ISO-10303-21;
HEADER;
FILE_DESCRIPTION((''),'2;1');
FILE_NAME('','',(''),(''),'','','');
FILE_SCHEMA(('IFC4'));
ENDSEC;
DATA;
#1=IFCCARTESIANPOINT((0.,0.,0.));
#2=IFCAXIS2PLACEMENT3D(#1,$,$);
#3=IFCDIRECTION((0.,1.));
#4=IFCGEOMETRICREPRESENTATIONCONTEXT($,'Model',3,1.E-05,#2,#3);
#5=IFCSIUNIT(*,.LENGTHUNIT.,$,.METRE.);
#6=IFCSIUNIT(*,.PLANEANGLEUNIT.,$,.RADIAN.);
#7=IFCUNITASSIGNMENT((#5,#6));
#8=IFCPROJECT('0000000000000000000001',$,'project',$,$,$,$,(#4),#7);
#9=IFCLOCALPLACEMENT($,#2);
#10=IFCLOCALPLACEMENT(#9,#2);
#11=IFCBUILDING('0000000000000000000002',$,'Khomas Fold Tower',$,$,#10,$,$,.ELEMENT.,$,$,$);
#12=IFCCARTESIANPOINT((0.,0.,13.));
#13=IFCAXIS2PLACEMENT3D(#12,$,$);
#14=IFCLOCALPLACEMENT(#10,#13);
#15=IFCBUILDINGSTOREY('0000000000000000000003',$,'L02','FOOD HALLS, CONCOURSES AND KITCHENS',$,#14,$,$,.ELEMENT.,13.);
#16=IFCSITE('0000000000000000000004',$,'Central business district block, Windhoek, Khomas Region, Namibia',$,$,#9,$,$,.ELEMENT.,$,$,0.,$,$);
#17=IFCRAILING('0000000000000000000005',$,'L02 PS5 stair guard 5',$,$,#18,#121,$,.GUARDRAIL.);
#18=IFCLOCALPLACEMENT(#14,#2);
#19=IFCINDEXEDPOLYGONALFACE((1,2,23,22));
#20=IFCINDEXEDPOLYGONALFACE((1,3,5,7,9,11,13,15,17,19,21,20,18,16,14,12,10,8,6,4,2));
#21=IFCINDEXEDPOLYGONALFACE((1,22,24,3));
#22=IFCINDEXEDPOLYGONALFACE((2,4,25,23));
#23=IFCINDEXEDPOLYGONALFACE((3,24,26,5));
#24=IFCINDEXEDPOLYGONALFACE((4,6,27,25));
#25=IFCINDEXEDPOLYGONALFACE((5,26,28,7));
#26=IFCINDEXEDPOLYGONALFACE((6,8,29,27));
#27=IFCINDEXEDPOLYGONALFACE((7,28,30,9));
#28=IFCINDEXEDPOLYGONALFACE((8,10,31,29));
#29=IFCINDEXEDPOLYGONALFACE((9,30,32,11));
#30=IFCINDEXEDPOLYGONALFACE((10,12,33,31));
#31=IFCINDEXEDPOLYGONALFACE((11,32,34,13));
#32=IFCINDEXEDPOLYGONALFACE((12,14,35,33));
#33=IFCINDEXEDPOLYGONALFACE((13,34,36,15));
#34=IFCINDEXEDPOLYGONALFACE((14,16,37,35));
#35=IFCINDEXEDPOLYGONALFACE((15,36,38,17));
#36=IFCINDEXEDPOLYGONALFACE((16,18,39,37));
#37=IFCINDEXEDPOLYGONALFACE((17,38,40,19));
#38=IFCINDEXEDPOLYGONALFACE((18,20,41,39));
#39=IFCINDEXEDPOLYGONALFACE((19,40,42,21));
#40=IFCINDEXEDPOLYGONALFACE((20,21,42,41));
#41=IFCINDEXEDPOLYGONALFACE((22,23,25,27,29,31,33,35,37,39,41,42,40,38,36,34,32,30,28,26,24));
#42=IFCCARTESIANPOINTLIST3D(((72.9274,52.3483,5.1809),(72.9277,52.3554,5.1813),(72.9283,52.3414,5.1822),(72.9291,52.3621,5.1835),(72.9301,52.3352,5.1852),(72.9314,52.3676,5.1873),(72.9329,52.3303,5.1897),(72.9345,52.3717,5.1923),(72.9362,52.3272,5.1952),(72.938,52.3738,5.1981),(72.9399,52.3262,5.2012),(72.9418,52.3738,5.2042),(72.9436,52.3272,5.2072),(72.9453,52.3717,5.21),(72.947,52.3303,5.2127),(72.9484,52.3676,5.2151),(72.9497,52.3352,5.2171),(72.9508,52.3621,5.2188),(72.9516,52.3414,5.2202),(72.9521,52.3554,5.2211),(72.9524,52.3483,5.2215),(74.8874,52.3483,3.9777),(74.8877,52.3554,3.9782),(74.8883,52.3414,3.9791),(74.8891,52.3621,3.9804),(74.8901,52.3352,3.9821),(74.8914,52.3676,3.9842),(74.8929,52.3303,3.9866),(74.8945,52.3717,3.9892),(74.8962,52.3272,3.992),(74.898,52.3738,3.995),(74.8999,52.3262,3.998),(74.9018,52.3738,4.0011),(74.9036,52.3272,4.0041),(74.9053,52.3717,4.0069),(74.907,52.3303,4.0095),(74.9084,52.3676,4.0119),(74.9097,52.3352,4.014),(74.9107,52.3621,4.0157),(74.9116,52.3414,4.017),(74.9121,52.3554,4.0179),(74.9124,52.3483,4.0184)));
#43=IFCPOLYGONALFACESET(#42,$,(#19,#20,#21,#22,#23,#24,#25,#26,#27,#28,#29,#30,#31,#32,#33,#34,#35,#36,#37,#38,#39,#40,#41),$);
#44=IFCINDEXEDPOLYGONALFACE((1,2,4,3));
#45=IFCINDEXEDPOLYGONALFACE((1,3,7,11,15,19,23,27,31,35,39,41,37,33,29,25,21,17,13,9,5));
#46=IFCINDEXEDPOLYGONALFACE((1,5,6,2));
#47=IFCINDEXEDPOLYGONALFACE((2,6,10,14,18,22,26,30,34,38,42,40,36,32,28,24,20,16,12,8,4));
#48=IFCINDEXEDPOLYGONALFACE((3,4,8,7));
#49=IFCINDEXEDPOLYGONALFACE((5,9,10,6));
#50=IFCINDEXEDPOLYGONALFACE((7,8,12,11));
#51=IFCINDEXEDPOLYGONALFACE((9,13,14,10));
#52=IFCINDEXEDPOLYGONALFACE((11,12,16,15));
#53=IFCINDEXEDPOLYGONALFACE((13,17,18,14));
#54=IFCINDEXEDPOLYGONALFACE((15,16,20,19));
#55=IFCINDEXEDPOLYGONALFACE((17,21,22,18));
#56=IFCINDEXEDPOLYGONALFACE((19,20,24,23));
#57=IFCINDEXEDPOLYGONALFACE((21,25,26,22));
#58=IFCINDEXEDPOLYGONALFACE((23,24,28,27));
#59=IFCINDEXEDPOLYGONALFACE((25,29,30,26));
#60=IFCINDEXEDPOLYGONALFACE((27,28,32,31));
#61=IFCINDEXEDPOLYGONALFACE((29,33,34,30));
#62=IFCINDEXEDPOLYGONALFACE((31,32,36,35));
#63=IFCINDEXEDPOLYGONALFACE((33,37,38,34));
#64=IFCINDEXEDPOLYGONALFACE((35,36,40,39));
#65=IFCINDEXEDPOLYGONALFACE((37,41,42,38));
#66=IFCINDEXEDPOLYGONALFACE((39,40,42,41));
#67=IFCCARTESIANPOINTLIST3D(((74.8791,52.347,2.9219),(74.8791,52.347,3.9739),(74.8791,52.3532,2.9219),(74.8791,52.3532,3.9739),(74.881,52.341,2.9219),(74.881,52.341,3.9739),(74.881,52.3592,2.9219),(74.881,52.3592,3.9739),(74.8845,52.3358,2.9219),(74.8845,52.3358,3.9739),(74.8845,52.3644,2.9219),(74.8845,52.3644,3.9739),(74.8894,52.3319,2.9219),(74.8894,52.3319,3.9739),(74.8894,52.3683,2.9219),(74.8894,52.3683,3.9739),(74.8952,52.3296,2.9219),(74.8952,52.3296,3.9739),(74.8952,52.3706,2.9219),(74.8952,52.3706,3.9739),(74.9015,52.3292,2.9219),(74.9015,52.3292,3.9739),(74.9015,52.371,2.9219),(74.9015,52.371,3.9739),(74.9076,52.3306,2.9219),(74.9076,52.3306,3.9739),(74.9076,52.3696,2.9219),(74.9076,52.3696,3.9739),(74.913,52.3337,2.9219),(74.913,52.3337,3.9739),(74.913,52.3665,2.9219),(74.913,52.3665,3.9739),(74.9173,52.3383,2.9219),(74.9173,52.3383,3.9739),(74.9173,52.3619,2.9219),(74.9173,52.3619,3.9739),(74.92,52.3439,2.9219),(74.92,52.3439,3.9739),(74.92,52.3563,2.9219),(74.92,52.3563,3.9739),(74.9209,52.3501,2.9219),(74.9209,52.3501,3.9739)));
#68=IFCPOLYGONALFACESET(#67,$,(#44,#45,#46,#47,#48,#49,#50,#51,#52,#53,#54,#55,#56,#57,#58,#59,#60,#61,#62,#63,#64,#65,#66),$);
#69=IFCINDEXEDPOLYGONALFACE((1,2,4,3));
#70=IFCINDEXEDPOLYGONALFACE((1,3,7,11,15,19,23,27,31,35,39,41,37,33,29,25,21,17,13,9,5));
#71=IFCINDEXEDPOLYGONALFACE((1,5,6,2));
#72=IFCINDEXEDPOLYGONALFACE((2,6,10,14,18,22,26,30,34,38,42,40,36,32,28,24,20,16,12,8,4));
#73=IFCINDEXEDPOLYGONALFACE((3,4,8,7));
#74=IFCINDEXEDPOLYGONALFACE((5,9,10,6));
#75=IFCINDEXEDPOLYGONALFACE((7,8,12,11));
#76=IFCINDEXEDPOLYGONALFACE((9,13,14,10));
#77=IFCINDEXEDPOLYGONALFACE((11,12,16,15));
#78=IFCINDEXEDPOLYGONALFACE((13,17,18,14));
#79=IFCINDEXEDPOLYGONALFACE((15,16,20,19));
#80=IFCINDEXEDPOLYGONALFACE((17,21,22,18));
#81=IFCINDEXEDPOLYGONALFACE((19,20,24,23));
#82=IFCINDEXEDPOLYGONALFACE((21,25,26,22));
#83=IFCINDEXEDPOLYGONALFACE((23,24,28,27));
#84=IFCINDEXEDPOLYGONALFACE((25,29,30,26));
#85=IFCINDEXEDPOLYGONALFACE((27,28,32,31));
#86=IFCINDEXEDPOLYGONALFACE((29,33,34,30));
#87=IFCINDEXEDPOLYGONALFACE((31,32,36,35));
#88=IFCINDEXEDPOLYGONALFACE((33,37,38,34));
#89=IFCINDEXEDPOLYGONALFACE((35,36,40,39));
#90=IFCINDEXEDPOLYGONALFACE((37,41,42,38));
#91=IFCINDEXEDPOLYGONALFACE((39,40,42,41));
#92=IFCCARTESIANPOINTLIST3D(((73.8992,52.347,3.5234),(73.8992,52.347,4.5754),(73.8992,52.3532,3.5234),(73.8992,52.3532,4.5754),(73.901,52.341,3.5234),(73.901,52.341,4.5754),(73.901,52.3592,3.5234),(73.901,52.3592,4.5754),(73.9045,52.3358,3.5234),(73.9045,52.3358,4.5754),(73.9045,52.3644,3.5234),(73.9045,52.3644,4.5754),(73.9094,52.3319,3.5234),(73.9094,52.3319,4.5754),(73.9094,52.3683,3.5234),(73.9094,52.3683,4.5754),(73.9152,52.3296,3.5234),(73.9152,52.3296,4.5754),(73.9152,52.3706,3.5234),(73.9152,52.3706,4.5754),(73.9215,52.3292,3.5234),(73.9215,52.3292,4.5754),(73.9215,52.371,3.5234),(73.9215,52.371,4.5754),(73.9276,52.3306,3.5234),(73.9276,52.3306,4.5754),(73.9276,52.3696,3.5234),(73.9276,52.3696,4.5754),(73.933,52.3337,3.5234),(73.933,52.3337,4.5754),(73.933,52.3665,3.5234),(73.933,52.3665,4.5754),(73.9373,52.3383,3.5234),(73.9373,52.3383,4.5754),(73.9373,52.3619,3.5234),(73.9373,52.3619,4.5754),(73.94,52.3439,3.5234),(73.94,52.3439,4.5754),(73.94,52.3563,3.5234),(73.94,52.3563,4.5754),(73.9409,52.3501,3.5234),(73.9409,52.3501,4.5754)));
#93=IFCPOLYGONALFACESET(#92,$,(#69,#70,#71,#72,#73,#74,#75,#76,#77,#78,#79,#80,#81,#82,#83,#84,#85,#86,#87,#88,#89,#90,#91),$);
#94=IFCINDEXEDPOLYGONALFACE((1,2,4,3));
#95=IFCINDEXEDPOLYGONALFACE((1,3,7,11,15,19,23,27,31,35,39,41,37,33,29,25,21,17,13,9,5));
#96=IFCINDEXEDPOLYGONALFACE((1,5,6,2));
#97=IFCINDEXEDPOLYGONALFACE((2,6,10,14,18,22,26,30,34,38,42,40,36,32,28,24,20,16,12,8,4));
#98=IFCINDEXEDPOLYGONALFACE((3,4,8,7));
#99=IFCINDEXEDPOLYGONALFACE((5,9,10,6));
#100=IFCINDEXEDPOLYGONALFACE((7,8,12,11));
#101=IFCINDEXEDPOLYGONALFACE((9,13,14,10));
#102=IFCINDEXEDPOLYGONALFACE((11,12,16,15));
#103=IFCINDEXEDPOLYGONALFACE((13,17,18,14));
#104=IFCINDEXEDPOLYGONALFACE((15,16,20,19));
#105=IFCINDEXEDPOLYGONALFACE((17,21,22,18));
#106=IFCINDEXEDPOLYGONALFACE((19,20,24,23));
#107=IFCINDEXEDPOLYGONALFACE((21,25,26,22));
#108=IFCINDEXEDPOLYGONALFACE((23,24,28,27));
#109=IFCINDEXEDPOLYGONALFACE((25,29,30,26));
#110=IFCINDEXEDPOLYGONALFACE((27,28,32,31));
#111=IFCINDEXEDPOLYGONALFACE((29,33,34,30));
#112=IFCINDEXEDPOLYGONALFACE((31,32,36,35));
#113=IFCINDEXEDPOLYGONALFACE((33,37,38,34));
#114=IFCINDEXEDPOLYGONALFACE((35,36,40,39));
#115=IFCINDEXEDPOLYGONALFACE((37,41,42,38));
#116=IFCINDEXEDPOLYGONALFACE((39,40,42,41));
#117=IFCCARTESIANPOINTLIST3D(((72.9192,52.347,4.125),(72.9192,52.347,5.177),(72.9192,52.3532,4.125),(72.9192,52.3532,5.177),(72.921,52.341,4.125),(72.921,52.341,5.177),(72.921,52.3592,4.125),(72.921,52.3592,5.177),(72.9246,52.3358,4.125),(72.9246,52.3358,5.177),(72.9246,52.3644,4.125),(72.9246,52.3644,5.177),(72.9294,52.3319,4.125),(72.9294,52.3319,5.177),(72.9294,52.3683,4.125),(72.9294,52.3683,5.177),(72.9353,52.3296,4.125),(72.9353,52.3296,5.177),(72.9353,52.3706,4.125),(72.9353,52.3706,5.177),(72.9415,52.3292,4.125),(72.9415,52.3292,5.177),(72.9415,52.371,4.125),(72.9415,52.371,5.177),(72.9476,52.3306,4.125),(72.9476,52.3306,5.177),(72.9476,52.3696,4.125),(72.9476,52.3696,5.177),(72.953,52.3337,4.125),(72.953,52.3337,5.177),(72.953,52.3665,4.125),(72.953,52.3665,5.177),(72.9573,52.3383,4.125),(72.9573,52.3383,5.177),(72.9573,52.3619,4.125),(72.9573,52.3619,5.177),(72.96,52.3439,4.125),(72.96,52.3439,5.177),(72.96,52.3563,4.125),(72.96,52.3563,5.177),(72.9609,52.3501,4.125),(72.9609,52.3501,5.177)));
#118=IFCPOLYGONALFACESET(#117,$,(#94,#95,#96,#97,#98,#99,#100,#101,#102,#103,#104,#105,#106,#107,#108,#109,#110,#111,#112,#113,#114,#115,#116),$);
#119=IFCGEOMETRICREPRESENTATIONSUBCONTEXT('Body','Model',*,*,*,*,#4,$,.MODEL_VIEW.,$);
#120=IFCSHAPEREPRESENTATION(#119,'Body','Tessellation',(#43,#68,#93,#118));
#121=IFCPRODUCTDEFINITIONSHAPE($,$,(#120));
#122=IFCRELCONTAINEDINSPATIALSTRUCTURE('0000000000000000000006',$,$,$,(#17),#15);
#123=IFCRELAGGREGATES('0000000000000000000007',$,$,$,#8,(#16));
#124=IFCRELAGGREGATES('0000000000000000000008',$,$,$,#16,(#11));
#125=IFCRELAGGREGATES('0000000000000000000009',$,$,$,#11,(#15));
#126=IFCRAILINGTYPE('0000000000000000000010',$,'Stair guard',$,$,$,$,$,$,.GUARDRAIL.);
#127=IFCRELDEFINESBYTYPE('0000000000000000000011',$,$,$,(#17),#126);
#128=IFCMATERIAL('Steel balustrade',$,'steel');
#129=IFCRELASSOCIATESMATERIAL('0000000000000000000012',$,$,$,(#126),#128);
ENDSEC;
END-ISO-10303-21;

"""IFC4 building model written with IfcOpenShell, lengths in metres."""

from ifc_helpers import new_model, si_unit, direction, frame, origin, origin_2d, place, context, subcontext, project, spatial, circle, extrude, source, transform, mapped, material, type_object, element, save


model = new_model("IFC4")

# Units and contexts
model_context = context("Model", 3, precision=1e-05, world=origin(), true_north=direction((0.0, 1.0)))
body_context = subcontext(model_context, "Body", "Model", "MODEL_VIEW")
ifc_project = project(units=[si_unit("LENGTHUNIT", "METRE"), si_unit("PLANEANGLEUNIT", "RADIAN")], contexts=[model_context])

# Site, building, storey
site_placement = place(None, origin())
site = spatial("IfcSite", under=ifc_project, at=site_placement, Name="Central business district block, Windhoek, Khomas Region, Namibia", CompositionType="ELEMENT", RefElevation=0.0)
building_placement = place(site_placement, origin())
building = spatial("IfcBuilding", under=site, at=building_placement, Name="Khomas Fold Tower", CompositionType="ELEMENT")
storey_placement = place(building_placement, frame((0.0, 0.0, 13.0)))
storey = spatial("IfcBuildingStorey", under=building, at=storey_placement, Name="L02", Description="FOOD HALLS, CONCOURSES AND KITCHENS", CompositionType="ELEMENT", Elevation=13.0)

# Railing
ifc_material_1 = material(Name="Steel balustrade", Category="steel")
railing_type_1 = type_object("IfcRailingType", Name="Stair guard", PredefinedType="GUARDRAIL", material=ifc_material_1)
shared_shape_1 = source(origin(), body_context, "Body", "SweptSolid", [
    extrude(circle(Radius=0.0239, at=origin_2d()), frame((0.0, 0.0, 1.0762), z_axis=(-0.852241, 0.0, 0.523149), x_axis=(0.0, -1.0, 0.0)), (0.0, 0.0, 1.0), 2.2998),
    extrude(circle(Radius=0.021, at=origin_2d()), origin(), (0.0, 0.0, 1.0), 1.052),
    extrude(circle(Radius=0.021, at=origin_2d()), frame((-0.98, 0.0, 0.6016)), (0.0, 0.0, 1.0), 1.052),
    extrude(circle(Radius=0.021, at=origin_2d()), frame((-1.96, 0.0, 1.2031)), (0.0, 0.0, 1.0), 1.052),
])
for number, where, name in (
    (1, (74.8999, 52.3501, 2.9219), "L02 PS5 stair guard 5"),
):
    element("IfcRailing", number, at=place(storey_placement, frame(where)), inside=storey, type_object=railing_type_1, Name=name, PredefinedType="GUARDRAIL", context=body_context, shape_type="MappedRepresentation", body=[
        mapped(shared_shape_1, transform((0.0, 0.0, 0.0))),
    ])

save(model, "model.ifc")
